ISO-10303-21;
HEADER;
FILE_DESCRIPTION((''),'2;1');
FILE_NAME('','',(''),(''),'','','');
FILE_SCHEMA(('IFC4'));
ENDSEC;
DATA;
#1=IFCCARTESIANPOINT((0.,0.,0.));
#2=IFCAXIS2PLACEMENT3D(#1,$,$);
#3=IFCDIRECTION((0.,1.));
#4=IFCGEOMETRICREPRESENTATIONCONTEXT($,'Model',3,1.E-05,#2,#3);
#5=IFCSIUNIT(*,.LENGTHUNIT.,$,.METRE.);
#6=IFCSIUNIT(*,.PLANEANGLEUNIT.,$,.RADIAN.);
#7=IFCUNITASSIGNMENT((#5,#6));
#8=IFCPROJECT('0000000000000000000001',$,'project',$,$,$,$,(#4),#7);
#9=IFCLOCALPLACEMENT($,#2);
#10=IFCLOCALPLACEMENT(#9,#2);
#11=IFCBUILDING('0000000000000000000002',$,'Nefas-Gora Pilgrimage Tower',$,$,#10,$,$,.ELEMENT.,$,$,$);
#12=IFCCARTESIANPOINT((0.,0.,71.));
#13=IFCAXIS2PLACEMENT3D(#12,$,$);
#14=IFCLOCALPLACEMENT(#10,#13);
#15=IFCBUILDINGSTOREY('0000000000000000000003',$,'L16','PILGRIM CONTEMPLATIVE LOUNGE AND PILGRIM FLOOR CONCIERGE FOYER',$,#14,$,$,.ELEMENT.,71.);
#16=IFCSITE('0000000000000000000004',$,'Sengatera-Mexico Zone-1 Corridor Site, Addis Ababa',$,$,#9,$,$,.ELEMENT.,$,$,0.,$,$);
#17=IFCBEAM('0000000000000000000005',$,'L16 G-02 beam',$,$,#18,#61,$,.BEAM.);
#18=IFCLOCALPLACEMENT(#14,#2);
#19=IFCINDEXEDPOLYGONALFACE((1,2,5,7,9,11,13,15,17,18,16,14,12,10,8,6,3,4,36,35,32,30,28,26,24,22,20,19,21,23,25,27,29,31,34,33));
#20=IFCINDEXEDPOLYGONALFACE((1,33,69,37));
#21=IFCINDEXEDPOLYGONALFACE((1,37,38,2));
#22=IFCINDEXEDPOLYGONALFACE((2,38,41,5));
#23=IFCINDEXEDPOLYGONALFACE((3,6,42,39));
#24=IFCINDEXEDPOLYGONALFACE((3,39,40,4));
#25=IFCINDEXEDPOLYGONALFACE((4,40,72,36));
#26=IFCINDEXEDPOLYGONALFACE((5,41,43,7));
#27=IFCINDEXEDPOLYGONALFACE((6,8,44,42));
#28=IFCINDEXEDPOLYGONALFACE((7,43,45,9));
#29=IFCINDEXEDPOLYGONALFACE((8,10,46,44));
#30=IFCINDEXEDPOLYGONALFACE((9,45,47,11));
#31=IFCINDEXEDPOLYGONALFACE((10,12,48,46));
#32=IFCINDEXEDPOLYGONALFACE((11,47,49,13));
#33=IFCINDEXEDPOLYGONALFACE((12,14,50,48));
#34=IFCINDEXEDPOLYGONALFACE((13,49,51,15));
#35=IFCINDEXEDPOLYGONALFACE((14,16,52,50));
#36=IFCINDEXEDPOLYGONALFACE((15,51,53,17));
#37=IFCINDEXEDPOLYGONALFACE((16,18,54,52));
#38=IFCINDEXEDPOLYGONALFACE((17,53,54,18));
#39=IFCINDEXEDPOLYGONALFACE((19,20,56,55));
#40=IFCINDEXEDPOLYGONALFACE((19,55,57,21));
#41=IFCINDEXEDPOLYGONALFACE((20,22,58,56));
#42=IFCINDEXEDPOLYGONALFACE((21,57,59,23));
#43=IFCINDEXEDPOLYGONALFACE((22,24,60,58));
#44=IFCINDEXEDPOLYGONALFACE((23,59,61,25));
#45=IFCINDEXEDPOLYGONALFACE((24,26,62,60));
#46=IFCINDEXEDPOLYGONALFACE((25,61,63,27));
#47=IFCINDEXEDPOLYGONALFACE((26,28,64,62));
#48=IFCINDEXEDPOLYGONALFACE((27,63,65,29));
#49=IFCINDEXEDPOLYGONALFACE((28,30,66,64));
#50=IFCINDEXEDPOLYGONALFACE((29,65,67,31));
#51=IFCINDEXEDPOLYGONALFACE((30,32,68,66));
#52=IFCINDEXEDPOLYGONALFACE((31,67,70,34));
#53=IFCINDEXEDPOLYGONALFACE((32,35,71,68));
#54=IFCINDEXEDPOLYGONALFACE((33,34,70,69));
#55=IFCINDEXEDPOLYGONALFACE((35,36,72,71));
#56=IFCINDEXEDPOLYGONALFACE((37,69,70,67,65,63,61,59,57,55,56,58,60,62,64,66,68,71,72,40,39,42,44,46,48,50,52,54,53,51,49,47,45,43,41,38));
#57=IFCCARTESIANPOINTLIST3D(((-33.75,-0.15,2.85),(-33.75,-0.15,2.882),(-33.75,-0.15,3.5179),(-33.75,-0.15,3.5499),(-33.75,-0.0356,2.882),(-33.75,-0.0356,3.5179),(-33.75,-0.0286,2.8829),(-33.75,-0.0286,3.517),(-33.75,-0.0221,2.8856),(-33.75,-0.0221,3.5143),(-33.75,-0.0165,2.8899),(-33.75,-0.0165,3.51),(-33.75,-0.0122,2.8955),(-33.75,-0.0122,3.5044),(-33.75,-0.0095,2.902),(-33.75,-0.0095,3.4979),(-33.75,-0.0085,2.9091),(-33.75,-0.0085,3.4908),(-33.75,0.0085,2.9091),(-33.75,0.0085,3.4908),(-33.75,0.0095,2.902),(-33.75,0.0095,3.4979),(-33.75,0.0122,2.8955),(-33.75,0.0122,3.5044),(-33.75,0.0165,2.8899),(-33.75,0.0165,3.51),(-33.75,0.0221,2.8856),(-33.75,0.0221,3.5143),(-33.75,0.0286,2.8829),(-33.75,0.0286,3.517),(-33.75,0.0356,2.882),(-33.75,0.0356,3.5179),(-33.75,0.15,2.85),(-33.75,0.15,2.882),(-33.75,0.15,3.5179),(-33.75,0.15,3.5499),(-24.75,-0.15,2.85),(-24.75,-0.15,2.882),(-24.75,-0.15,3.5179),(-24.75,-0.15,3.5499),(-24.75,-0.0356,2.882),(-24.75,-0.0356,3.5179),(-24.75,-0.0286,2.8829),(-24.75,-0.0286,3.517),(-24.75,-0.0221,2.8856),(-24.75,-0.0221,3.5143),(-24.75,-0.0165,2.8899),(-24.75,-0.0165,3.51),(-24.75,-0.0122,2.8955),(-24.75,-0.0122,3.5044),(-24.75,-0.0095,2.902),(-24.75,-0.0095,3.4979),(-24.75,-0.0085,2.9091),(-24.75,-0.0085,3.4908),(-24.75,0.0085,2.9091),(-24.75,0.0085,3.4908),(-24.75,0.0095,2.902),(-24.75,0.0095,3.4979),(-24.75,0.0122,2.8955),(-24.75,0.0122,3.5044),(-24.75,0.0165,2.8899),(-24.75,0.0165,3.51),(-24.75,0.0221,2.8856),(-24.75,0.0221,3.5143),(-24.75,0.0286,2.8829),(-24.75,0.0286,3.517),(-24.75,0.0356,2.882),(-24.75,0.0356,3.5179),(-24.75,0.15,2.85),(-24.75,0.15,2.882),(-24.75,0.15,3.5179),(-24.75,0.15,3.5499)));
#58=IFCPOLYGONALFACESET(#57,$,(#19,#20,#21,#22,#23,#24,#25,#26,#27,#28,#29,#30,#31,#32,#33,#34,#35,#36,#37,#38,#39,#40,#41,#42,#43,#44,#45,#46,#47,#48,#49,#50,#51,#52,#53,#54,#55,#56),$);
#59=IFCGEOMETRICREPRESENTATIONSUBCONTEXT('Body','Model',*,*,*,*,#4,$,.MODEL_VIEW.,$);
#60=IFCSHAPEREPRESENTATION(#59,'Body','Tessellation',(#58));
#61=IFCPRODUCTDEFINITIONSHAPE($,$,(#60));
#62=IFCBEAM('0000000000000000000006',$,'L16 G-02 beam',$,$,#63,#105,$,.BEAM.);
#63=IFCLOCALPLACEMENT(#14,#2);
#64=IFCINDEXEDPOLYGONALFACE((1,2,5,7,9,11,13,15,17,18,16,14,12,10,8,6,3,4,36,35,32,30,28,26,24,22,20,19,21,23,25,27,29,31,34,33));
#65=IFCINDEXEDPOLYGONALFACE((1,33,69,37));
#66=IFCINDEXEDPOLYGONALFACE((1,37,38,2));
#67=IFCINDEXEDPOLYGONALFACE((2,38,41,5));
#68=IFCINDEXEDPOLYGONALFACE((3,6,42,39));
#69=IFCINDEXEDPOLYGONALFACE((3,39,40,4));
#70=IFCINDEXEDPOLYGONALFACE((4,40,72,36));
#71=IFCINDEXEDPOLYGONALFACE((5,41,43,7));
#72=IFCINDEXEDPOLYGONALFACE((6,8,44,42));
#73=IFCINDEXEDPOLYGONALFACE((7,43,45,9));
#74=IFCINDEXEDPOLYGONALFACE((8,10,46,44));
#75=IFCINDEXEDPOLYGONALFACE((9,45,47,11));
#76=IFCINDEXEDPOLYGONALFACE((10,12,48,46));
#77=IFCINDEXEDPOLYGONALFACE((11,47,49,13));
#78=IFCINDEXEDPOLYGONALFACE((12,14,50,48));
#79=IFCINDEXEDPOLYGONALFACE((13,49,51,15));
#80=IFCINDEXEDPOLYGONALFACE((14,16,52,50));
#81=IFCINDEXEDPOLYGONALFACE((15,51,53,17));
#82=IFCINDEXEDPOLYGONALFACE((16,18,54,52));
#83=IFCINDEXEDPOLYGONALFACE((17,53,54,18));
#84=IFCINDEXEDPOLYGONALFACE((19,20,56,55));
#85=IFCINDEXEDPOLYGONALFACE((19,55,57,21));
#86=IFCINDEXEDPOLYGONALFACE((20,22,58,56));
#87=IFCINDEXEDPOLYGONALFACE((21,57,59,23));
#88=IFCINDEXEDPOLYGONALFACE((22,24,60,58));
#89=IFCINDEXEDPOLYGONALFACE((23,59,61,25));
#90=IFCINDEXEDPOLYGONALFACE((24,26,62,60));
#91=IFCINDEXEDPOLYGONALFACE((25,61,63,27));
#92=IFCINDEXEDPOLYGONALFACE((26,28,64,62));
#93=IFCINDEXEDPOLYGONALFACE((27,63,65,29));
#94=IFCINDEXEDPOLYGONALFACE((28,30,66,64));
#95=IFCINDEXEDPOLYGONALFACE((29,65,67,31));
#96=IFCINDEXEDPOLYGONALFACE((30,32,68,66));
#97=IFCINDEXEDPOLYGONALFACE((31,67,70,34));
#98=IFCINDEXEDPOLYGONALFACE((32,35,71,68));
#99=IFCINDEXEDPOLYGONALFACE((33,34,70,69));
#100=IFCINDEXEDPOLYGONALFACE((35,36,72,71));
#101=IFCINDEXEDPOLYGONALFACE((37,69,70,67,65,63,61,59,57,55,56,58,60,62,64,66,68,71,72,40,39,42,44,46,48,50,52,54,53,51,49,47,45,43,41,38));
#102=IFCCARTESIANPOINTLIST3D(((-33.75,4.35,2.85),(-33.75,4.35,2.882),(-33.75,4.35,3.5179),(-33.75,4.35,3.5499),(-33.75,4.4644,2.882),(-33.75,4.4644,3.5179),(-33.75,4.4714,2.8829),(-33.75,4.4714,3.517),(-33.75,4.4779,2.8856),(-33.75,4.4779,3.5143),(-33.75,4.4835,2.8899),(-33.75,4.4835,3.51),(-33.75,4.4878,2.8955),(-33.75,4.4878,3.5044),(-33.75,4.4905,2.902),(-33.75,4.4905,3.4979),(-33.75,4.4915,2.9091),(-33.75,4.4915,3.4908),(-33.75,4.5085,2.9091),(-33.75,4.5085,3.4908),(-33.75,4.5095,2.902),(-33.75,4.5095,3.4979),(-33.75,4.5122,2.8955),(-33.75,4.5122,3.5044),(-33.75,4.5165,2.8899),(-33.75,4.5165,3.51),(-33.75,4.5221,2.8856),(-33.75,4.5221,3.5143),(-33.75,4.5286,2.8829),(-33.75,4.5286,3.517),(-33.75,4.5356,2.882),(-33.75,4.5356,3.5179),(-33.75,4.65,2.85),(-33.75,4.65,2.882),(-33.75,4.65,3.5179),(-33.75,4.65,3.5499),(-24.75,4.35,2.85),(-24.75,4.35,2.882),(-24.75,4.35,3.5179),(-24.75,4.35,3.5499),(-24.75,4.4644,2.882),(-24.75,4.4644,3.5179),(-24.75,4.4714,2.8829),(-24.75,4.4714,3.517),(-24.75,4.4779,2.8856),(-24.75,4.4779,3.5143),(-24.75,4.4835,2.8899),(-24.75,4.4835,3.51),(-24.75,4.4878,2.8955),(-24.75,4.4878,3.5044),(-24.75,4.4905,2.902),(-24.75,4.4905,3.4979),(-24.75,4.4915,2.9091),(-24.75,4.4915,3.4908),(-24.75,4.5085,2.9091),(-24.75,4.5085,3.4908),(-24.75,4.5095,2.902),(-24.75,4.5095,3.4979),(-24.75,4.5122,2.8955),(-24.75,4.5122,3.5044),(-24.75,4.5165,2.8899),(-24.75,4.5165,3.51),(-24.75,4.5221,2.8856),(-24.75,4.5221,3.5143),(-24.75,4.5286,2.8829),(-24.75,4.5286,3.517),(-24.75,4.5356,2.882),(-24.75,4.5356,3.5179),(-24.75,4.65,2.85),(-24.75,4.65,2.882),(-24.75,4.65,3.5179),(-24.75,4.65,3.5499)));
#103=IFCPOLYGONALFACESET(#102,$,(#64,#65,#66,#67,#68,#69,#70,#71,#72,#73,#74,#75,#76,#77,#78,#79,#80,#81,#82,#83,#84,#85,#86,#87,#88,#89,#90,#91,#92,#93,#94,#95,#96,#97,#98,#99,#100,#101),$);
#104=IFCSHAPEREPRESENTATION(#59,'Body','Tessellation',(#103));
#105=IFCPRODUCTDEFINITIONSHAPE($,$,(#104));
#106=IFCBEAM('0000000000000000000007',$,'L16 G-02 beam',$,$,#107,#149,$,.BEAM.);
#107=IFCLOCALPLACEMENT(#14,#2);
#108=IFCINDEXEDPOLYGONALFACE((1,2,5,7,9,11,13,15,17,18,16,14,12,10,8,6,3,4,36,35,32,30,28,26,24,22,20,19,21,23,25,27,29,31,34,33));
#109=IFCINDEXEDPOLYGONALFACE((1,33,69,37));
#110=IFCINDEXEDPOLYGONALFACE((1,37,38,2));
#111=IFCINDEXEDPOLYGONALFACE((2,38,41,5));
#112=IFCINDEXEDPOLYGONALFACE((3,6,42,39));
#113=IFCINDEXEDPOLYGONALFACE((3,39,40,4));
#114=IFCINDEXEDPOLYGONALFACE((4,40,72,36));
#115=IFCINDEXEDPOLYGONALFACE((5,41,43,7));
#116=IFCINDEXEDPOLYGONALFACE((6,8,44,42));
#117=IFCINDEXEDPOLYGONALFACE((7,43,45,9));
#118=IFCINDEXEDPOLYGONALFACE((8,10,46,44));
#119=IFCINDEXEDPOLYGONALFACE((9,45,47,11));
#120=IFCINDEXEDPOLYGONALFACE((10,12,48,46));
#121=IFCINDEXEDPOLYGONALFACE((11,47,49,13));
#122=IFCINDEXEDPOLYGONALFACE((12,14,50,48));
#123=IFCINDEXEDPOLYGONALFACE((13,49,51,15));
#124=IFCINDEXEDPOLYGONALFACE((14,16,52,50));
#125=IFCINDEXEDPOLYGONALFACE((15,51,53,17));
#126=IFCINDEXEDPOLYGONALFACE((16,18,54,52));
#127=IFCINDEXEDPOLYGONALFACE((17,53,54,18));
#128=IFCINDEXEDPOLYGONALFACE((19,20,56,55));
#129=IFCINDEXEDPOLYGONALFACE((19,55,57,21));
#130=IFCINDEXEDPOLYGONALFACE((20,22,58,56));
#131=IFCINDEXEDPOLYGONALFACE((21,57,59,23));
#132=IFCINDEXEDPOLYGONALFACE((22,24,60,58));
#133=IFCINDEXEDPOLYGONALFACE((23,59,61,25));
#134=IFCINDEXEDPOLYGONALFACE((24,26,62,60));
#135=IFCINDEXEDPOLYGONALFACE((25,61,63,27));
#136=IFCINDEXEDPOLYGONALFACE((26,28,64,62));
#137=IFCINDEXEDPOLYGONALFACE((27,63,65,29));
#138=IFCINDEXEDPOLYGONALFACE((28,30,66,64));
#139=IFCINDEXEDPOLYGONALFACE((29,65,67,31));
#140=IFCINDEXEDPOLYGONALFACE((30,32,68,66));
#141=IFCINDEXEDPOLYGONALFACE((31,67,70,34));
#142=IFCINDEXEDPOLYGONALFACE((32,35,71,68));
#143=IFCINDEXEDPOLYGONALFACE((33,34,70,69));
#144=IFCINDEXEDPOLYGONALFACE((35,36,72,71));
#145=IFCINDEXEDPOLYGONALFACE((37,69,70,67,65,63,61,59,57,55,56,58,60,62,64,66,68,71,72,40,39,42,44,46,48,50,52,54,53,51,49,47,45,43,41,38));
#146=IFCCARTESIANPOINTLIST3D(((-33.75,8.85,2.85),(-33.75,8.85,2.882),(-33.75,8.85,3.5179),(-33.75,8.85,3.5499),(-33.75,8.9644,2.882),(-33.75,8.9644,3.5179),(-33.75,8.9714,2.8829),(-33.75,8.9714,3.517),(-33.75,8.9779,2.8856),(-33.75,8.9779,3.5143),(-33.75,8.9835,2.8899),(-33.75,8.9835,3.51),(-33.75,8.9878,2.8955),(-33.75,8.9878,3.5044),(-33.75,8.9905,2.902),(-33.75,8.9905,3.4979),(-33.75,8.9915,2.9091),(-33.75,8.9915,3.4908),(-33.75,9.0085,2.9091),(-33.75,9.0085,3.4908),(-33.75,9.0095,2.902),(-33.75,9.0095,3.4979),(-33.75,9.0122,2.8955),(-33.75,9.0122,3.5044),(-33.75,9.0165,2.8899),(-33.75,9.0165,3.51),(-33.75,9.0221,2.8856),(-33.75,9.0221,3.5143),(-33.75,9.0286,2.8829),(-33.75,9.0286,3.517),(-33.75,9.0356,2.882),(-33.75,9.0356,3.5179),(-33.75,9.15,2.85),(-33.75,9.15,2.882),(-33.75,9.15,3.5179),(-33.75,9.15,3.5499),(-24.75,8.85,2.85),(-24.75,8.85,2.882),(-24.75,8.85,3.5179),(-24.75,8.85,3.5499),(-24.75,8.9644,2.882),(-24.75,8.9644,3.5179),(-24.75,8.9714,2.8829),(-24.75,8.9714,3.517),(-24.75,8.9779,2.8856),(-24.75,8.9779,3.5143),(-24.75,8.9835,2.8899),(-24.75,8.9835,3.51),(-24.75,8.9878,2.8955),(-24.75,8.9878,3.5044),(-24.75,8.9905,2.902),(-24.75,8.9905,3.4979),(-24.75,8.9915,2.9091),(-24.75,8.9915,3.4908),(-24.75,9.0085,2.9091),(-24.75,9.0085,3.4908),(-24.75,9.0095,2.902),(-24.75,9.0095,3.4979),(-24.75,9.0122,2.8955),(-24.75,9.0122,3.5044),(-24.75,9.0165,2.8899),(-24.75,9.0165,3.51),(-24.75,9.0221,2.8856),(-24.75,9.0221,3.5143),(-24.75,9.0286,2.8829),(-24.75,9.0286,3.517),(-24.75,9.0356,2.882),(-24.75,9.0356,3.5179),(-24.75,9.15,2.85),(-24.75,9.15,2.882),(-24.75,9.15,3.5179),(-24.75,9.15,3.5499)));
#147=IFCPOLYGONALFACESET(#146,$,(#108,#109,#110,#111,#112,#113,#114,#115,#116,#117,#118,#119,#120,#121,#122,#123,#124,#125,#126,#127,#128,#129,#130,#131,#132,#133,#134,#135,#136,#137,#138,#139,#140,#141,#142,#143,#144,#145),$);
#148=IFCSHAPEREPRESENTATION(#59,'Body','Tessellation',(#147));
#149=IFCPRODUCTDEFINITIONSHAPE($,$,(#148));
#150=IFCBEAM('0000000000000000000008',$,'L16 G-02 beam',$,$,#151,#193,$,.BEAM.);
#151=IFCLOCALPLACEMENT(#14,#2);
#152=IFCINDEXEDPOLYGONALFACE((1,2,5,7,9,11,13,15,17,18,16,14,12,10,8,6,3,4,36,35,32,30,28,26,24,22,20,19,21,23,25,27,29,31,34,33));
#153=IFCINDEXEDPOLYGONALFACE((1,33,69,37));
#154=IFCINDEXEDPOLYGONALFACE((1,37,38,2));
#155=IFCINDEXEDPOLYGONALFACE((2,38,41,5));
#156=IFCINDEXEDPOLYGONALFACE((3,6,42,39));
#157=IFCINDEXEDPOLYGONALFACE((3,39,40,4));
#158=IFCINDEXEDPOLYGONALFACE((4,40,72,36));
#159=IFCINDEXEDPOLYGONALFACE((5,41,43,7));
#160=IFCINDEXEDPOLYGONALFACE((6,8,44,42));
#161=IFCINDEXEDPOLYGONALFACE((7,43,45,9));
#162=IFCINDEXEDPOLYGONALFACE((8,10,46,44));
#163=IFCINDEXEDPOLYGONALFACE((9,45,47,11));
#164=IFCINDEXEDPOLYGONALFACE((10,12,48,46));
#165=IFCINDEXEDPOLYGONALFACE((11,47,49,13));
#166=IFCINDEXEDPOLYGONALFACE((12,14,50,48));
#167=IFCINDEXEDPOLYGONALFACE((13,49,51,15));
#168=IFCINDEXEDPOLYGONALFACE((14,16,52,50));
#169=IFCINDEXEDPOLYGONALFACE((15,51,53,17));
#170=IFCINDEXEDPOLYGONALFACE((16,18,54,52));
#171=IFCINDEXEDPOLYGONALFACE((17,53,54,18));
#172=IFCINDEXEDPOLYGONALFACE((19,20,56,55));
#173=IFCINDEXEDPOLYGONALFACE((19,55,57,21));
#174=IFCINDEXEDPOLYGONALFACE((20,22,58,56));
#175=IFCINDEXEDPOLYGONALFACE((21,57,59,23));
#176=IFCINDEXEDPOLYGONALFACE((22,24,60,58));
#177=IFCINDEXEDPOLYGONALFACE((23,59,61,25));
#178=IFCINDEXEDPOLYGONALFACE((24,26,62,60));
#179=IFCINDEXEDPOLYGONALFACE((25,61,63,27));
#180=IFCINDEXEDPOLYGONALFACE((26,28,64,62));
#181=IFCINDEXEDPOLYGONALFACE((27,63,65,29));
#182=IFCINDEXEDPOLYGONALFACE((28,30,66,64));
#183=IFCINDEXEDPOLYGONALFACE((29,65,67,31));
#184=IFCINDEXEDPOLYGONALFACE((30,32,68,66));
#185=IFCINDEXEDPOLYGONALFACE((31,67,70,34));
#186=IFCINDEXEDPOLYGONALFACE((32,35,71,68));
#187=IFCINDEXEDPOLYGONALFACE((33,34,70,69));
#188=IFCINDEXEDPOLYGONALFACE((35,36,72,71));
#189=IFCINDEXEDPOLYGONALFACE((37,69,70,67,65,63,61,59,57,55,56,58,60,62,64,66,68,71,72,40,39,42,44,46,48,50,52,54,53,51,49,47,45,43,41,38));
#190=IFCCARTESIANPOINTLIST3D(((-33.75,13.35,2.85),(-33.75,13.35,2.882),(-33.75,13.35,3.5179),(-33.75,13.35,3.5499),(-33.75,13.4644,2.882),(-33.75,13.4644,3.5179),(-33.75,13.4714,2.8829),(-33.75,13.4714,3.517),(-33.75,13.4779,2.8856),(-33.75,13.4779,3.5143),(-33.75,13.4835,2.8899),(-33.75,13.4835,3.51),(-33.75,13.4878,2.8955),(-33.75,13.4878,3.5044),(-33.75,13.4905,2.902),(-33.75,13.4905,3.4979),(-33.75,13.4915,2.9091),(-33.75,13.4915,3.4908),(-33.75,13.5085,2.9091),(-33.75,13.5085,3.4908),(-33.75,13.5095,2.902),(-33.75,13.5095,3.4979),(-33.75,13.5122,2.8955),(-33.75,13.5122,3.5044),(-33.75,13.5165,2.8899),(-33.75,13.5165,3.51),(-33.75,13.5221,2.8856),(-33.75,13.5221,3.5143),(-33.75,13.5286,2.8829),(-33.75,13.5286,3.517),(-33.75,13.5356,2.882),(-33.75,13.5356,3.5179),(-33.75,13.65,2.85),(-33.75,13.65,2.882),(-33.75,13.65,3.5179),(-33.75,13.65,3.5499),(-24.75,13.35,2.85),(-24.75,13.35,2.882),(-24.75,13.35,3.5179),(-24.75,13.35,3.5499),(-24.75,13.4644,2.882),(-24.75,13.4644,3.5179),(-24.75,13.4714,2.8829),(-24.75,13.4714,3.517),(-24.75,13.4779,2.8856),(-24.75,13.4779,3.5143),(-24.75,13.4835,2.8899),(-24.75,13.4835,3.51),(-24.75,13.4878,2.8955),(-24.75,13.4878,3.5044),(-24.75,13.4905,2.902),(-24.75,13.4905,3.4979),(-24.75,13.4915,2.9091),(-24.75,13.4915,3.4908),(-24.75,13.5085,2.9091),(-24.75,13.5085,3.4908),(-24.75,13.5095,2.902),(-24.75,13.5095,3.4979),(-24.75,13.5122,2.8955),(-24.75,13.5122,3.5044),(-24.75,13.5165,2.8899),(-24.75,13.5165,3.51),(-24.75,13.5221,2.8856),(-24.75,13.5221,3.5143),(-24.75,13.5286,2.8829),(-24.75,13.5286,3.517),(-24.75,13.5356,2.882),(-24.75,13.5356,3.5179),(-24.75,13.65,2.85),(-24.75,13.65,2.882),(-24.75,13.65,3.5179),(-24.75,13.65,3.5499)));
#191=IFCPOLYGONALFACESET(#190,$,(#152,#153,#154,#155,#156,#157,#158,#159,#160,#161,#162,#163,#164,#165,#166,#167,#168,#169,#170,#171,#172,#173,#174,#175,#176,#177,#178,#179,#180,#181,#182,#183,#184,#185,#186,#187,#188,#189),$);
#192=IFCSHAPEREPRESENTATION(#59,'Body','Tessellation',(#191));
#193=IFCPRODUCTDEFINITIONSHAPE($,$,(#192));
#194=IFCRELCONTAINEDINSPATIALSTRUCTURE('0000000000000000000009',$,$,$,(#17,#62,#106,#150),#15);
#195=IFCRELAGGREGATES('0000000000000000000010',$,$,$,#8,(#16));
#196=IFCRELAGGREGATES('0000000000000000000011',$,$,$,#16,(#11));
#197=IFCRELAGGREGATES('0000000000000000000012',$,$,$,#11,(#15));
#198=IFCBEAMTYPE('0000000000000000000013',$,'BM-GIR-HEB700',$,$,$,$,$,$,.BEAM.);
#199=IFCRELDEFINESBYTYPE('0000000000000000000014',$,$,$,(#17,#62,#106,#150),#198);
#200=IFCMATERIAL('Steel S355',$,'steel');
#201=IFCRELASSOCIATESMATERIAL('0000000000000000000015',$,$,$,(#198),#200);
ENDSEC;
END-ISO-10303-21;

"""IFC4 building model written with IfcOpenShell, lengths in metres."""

from ifc_helpers import new_model, si_unit, direction, frame, origin, origin_2d, place, context, subcontext, project, spatial, i_section, extrude, source, transform, mapped, material, material_profile, profile_set, type_object, element, save


model = new_model("IFC4")

# Units and contexts
model_context = context("Model", 3, precision=1e-05, world=origin(), true_north=direction((0.0, 1.0)))
body_context = subcontext(model_context, "Body", "Model", "MODEL_VIEW")
ifc_project = project(units=[si_unit("LENGTHUNIT", "METRE"), si_unit("PLANEANGLEUNIT", "RADIAN")], contexts=[model_context])

# Site, building, storey
site_placement = place(None, origin())
site = spatial("IfcSite", under=ifc_project, at=site_placement, Name="Sengatera-Mexico Zone-1 Corridor Site, Addis Ababa", CompositionType="ELEMENT", RefElevation=0.0)
building_placement = place(site_placement, origin())
building = spatial("IfcBuilding", under=site, at=building_placement, Name="Nefas-Gora Pilgrimage Tower", CompositionType="ELEMENT")
storey_placement = place(building_placement, frame((0.0, 0.0, 71.0)))
storey = spatial("IfcBuildingStorey", under=building, at=storey_placement, Name="L16", Description="PILGRIM CONTEMPLATIVE LOUNGE AND PILGRIM FLOOR CONCIERGE FOYER", CompositionType="ELEMENT", Elevation=71.0)

# Beams
ifc_material_1 = material(Name="Steel S355", Category="steel")
ifc_material_profile_1 = material_profile(ifc_material_1, i_section(OverallWidth=0.3, OverallDepth=0.7, WebThickness=0.0171, FlangeThickness=0.032, FilletRadius=0.0271, at=origin_2d()), Name="HEB 700")
ifc_profile_set_1 = profile_set([ifc_material_profile_1], Name="Steel S355")
beam_type_1 = type_object("IfcBeamType", Name="BM-GIR-HEB700", PredefinedType="BEAM", material=ifc_profile_set_1)
shared_shape_1 = source(origin(), body_context, "Body", "SweptSolid", [
    extrude(i_section(OverallWidth=0.3, OverallDepth=0.7, WebThickness=0.0171, FlangeThickness=0.032, FilletRadius=0.0271, at=origin_2d()), origin(), (0.0, 0.0, 1.0), 9.0),
])
for number, where, z_axis, x_axis, name in (
    (1, (-33.75, 0.0, 3.2), (1.0, 0.0, 0.0), (0.0, 1.0, 0.0), "L16 G-02 beam"),
    (2, (-33.75, 4.5, 3.2), (1.0, 0.0, 0.0), (0.0, 1.0, 0.0), "L16 G-02 beam"),
    (3, (-33.75, 9.0, 3.2), (1.0, 0.0, 0.0), (0.0, 1.0, 0.0), "L16 G-02 beam"),
    (4, (-33.75, 13.5, 3.2), (1.0, 0.0, 0.0), (0.0, 1.0, 0.0), "L16 G-02 beam"),
):
    element("IfcBeam", number, at=place(storey_placement, frame(where, z_axis=z_axis, x_axis=x_axis)), inside=storey, type_object=beam_type_1, Name=name, PredefinedType="BEAM", context=body_context, shape_type="MappedRepresentation", body=[
        mapped(shared_shape_1, transform((0.0, 0.0, 0.0), x_axis=(1.0, 0.0, 0.0), y_axis=(0.0, 1.0, 0.0), z_axis=(0.0, 0.0, 1.0), scale=1.0)),
    ])

save(model, "model.ifc")
